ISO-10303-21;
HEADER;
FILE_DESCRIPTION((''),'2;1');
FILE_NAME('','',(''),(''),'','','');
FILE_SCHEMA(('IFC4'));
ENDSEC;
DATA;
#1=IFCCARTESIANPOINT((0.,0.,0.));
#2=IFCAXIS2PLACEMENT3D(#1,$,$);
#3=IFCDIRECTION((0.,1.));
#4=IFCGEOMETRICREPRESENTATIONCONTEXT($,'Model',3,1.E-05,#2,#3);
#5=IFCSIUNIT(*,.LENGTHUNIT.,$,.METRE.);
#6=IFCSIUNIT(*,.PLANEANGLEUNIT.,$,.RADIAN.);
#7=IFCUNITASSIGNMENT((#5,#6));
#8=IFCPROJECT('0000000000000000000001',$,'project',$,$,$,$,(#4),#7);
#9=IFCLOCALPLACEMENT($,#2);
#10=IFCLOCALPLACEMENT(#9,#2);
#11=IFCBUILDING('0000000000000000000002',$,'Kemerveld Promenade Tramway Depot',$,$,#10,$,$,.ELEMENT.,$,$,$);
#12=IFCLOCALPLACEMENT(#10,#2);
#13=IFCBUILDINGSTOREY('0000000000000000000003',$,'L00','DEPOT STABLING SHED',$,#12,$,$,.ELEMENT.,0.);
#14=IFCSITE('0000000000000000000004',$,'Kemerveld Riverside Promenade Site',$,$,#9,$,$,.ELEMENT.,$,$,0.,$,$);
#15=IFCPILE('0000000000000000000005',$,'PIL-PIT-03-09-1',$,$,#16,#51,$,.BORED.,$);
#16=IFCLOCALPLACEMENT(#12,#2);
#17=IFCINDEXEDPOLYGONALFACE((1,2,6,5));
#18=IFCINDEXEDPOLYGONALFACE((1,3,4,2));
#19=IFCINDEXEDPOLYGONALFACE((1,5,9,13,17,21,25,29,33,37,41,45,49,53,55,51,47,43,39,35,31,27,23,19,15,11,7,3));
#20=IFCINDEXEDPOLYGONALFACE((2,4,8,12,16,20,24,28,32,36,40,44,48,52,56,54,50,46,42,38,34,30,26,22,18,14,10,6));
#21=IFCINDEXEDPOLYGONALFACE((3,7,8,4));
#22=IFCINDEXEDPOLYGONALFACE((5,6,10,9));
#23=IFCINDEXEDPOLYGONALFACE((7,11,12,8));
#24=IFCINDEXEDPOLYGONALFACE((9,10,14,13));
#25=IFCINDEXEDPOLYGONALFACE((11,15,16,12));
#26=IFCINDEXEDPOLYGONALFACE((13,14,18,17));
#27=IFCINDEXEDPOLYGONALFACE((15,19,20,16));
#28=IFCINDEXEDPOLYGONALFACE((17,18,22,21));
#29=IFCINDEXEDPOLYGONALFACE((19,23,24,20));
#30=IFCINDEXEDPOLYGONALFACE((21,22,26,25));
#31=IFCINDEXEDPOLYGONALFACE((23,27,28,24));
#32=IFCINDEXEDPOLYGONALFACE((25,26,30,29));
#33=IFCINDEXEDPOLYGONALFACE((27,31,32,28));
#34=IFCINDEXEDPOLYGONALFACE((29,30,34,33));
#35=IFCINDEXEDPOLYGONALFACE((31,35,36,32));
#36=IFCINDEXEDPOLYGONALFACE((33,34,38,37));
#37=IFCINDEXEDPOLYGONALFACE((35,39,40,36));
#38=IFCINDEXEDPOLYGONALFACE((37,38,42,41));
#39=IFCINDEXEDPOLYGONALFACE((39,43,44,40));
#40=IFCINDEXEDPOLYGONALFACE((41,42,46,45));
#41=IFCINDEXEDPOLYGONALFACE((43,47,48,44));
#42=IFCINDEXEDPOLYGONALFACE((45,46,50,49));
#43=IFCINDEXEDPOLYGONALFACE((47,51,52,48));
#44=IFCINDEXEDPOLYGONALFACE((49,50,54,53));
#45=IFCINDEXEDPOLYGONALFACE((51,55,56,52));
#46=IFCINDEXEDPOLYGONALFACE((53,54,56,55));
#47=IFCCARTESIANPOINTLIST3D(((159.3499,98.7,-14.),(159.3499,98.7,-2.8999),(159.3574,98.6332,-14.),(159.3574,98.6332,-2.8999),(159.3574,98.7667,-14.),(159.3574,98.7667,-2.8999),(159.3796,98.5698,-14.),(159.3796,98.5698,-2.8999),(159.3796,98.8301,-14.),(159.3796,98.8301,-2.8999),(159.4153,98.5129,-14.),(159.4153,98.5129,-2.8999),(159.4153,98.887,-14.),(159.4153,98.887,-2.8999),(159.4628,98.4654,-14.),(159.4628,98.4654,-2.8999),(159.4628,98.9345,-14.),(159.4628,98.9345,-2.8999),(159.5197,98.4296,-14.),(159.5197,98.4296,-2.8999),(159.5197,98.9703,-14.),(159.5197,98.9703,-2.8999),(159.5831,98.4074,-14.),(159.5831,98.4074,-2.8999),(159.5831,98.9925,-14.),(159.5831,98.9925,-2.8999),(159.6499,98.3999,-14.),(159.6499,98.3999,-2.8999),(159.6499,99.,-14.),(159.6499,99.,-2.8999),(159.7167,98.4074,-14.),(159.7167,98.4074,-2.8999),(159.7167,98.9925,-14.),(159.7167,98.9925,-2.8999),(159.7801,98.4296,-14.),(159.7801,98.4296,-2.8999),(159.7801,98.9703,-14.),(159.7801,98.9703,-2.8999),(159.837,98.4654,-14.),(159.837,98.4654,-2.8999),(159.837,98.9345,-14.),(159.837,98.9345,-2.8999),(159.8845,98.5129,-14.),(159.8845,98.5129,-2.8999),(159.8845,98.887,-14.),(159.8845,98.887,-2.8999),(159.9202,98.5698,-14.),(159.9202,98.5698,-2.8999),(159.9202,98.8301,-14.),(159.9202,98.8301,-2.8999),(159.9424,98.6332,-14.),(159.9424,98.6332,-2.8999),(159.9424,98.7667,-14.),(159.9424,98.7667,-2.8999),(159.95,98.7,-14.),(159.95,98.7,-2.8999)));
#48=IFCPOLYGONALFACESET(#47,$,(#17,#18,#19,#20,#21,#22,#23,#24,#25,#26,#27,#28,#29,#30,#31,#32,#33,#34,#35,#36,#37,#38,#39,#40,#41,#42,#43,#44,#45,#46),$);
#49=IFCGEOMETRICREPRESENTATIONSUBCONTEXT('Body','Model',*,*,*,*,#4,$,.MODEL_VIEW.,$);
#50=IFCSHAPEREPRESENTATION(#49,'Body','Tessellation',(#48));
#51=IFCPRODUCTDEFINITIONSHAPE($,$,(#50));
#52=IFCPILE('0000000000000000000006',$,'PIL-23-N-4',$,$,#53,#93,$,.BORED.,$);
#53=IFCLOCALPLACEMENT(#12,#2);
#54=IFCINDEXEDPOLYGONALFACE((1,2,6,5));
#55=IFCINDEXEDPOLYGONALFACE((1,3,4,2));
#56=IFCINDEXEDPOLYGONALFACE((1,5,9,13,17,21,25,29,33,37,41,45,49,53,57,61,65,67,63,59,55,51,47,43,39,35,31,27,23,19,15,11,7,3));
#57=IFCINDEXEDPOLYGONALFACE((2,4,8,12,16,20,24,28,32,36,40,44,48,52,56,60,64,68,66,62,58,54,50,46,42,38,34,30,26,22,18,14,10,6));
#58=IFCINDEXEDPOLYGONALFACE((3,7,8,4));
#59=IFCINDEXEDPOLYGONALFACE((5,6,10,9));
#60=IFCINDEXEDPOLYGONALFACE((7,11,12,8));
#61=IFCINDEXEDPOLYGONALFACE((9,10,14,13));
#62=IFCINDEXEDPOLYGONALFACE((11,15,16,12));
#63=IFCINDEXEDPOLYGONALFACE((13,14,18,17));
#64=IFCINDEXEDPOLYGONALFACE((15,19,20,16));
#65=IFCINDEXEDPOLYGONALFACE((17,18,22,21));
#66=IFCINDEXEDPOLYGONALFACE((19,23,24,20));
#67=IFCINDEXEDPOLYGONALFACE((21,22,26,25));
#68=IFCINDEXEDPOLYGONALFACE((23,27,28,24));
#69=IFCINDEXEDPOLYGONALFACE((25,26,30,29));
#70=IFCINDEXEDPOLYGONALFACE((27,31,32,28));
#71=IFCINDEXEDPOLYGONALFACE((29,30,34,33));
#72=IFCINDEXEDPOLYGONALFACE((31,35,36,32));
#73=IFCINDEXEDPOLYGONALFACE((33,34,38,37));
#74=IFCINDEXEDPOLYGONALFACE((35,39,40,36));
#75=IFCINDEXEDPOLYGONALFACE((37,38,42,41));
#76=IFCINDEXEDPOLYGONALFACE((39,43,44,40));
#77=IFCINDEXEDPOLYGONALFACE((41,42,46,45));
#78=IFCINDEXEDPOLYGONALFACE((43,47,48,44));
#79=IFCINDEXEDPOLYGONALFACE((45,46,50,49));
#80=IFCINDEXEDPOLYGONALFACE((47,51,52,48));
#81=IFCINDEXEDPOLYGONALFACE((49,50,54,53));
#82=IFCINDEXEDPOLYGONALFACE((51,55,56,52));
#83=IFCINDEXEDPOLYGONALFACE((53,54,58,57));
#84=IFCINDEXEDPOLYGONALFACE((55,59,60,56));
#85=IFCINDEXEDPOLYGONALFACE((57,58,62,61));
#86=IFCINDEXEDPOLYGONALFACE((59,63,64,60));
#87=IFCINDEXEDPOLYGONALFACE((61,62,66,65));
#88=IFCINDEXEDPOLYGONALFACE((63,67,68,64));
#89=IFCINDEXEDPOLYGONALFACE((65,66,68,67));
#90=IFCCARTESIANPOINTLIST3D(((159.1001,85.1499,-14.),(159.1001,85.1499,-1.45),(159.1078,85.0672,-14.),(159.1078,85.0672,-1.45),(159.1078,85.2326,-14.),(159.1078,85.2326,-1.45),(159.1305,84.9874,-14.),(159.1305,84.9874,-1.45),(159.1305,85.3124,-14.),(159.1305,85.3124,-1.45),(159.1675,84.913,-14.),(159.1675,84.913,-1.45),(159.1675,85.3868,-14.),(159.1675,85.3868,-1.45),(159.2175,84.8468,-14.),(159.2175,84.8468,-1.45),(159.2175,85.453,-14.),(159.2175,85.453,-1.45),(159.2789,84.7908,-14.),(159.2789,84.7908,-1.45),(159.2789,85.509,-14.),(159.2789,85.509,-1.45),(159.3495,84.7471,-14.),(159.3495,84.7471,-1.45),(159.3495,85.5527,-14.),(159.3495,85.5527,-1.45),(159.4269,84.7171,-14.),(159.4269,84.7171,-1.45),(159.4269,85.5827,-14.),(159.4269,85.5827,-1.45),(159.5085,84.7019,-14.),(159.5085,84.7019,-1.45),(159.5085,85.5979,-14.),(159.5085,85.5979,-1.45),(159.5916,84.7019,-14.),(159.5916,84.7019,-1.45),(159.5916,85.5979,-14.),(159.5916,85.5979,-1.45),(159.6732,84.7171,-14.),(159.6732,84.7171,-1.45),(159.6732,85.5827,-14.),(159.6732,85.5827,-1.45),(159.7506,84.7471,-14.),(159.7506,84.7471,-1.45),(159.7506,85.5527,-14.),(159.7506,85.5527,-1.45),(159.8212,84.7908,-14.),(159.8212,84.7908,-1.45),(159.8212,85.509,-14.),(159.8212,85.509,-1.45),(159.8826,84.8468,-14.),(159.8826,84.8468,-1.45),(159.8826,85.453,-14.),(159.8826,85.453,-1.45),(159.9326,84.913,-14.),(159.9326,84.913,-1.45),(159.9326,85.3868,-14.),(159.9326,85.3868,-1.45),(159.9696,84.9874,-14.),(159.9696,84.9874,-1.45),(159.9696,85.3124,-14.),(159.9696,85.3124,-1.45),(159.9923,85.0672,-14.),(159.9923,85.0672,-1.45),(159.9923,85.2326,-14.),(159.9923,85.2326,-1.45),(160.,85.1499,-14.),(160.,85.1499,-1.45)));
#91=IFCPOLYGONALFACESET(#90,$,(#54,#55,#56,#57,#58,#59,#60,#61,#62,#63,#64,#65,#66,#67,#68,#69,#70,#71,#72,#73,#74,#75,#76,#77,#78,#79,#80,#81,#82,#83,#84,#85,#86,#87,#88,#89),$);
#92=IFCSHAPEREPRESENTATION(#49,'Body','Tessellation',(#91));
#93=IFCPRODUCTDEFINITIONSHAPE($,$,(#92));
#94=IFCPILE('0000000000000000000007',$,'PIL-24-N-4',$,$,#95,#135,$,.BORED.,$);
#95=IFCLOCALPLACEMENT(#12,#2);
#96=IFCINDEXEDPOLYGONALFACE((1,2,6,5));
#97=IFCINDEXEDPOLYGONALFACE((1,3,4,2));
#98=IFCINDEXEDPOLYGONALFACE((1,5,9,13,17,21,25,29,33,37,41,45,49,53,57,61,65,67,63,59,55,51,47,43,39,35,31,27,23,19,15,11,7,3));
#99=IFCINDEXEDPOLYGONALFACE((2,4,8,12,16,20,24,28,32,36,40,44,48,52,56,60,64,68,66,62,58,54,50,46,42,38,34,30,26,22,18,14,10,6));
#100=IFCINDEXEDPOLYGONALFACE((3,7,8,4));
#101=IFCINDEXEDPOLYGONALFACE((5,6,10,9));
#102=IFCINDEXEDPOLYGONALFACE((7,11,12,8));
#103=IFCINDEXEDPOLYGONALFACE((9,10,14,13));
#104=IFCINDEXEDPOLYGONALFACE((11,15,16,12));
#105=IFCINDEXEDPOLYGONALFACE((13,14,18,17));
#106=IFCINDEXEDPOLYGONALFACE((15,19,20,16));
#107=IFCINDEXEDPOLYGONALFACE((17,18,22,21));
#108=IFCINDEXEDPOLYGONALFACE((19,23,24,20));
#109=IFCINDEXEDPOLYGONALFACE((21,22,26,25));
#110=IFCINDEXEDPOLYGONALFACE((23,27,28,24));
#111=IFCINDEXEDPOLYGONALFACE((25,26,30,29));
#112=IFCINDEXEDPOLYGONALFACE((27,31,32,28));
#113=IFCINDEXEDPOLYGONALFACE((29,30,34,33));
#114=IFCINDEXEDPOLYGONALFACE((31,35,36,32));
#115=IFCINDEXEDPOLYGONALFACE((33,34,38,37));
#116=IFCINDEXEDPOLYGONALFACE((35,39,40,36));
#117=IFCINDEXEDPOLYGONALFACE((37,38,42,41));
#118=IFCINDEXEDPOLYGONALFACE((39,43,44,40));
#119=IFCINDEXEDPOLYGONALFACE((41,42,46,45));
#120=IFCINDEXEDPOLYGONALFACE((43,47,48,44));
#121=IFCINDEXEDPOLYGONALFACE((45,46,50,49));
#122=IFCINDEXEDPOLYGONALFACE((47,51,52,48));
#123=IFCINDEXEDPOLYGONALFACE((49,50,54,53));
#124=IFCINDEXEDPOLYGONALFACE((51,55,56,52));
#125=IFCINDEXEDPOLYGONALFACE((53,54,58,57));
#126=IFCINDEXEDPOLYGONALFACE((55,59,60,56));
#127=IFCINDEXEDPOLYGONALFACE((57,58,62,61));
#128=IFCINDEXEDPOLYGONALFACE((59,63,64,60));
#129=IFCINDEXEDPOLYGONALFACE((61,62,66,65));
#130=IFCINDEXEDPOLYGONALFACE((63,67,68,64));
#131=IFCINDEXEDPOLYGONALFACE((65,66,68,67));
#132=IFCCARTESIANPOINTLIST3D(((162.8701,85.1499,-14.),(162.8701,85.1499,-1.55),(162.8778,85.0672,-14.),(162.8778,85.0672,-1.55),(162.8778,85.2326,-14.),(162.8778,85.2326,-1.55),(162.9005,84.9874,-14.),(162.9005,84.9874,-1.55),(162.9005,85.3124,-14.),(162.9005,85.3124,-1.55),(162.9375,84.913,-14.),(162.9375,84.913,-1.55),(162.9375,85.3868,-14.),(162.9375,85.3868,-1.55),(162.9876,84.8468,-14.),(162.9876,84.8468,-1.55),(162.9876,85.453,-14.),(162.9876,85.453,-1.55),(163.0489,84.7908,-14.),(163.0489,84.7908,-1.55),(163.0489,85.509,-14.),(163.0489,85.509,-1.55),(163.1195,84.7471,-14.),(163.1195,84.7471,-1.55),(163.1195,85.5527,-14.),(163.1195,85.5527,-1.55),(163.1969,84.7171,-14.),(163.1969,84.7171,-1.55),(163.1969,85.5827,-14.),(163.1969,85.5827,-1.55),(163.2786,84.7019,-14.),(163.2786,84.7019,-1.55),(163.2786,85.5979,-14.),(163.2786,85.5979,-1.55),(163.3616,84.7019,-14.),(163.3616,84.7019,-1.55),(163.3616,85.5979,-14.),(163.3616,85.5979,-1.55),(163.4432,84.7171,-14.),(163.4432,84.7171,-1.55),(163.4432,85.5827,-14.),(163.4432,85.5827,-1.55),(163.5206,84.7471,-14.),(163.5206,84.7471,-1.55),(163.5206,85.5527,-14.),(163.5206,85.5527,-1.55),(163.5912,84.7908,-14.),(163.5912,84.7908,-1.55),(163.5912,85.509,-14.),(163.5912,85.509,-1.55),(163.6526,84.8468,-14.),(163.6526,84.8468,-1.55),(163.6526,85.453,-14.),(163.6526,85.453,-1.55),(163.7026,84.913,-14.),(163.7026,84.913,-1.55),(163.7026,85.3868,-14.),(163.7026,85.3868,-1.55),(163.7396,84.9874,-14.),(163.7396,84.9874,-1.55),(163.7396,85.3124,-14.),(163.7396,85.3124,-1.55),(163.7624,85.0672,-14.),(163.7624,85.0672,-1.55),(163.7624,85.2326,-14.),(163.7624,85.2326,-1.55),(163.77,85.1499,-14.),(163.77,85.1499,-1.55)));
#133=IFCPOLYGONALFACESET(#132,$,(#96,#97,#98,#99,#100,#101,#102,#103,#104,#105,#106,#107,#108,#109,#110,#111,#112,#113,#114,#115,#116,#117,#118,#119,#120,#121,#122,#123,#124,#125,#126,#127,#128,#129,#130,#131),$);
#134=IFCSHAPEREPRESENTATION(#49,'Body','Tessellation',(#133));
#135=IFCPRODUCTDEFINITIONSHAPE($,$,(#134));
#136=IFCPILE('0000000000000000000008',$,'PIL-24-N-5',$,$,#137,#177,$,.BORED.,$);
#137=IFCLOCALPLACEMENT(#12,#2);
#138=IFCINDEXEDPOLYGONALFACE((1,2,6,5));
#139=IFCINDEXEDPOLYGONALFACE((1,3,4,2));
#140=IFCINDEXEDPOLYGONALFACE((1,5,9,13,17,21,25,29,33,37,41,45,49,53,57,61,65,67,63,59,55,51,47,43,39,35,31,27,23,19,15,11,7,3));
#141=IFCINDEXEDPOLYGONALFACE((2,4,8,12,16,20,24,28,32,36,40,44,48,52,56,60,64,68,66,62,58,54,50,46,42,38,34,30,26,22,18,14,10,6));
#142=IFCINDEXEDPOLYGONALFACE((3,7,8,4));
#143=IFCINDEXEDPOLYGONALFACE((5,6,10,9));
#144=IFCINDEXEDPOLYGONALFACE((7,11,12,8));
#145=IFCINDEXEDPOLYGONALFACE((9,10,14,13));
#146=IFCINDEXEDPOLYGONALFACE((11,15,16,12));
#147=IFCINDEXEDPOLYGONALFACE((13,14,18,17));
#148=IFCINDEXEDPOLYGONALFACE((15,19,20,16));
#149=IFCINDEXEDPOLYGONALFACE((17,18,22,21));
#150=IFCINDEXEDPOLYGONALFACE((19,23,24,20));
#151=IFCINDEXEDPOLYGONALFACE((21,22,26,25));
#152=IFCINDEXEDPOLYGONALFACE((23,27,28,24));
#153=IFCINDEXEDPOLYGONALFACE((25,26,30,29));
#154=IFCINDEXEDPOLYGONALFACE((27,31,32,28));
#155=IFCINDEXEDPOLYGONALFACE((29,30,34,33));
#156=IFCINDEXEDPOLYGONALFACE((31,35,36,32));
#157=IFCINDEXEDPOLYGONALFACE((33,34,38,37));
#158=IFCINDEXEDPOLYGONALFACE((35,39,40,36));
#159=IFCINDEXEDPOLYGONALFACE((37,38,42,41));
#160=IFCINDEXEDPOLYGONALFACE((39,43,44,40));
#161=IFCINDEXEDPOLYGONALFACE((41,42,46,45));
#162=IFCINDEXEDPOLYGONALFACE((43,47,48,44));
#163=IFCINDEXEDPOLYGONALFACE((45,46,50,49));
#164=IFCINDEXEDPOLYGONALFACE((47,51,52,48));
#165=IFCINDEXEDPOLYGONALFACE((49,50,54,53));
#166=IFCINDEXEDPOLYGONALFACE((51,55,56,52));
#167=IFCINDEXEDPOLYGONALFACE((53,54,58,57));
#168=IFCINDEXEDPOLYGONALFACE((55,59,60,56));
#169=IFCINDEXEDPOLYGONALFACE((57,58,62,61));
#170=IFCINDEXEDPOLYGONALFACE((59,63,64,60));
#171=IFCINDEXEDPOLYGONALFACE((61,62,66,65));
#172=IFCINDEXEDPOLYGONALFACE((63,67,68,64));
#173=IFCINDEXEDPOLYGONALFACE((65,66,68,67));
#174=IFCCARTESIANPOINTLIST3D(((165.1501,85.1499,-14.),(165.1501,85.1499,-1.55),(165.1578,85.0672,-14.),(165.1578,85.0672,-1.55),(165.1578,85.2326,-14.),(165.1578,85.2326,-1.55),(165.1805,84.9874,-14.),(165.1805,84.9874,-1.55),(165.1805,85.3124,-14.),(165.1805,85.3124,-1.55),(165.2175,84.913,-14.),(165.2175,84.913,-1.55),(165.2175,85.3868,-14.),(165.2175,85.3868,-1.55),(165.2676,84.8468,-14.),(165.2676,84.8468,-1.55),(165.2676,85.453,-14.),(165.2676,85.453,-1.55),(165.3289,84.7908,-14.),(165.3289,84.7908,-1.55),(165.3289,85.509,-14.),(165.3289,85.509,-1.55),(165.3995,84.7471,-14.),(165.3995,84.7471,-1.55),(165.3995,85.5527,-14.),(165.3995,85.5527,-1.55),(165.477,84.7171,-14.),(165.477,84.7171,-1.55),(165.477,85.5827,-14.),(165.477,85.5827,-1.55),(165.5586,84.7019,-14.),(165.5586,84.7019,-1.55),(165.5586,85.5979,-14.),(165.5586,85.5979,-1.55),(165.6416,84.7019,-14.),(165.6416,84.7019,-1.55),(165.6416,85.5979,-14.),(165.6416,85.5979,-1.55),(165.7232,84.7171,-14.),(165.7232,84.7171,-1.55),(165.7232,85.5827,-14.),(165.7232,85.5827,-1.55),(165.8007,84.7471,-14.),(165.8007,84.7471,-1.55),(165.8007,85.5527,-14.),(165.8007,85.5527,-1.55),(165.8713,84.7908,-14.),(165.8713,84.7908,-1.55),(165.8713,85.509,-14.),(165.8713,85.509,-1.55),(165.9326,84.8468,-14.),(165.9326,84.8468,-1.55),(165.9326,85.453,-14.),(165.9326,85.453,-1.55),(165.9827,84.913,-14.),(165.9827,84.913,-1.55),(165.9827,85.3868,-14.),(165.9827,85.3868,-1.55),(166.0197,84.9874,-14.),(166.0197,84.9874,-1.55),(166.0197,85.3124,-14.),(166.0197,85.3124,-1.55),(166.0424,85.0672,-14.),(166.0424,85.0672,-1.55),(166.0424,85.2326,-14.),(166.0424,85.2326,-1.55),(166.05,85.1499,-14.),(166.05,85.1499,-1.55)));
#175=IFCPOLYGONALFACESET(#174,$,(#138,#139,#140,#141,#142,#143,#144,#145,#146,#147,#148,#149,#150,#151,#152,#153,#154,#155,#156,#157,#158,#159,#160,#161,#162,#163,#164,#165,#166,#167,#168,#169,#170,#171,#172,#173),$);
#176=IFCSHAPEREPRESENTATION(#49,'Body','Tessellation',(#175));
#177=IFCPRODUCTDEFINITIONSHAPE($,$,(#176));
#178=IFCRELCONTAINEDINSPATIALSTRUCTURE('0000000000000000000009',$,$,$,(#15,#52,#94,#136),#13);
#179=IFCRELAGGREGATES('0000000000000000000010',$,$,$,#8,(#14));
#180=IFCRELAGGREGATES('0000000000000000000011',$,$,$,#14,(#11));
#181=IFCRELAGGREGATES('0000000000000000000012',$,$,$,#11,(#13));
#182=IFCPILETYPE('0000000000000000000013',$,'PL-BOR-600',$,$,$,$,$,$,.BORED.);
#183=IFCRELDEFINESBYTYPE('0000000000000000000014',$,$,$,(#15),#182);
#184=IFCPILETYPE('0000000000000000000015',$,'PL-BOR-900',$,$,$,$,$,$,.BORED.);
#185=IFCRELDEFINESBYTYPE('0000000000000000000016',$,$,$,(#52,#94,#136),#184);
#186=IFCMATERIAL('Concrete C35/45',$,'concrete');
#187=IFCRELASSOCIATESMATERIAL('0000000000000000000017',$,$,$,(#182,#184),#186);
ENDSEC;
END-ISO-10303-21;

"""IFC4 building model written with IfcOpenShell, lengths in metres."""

from ifc_helpers import new_model, si_unit, direction, frame, origin, origin_2d, place, context, subcontext, project, spatial, circle, extrude, material, material_profile, profile_set, type_object, element, save


model = new_model("IFC4")

# Units and contexts
model_context = context("Model", 3, precision=1e-05, world=origin(), true_north=direction((0.0, 1.0)))
body_context = subcontext(model_context, "Body", "Model", "MODEL_VIEW")
ifc_project = project(units=[si_unit("LENGTHUNIT", "METRE"), si_unit("PLANEANGLEUNIT", "RADIAN")], contexts=[model_context])

# Site, building, storey
site_placement = place(None, origin())
site = spatial("IfcSite", under=ifc_project, at=site_placement, Name="Kemerveld Riverside Promenade Site", CompositionType="ELEMENT", RefElevation=0.0)
building_placement = place(site_placement, origin())
building = spatial("IfcBuilding", under=site, at=building_placement, Name="Kemerveld Promenade Tramway Depot", CompositionType="ELEMENT")
storey_placement = place(building_placement, origin())
storey = spatial("IfcBuildingStorey", under=building, at=storey_placement, Name="L00", Description="DEPOT STABLING SHED", CompositionType="ELEMENT", Elevation=0.0)

# Shared definitions
ifc_material_1 = material(Name="Concrete C35/45", Category="concrete")

# Piles
ifc_material_profile_1 = material_profile(ifc_material_1, circle(Radius=0.3, at=origin_2d()), Name="PILE-D600")
ifc_profile_set_1 = profile_set([ifc_material_profile_1], Name="Concrete C35/45")
pile_type_1 = type_object("IfcPileType", Name="PL-BOR-600", PredefinedType="BORED", material=ifc_profile_set_1)
for number, where, z_axis, x_axis, name in (
    (1, (159.6499, 98.7, -2.8999), (0.0, 0.0, -1.0), (1.0, 0.0, 0.0), "PIL-PIT-03-09-1"),
):
    element("IfcPile", number, at=place(storey_placement, frame(where, z_axis=z_axis, x_axis=x_axis)), inside=storey, type_object=pile_type_1, Name=name, PredefinedType="BORED", context=body_context, shape_type="SweptSolid", body=[
        extrude(circle(Radius=0.3, at=origin_2d()), origin(), (0.0, 0.0, 1.0), 11.1001),
    ])
ifc_material_profile_2 = material_profile(ifc_material_1, circle(Radius=0.45, at=origin_2d()), Name="PILE-D900")
ifc_profile_set_2 = profile_set([ifc_material_profile_2], Name="Concrete C35/45")
pile_type_2 = type_object("IfcPileType", Name="PL-BOR-900", PredefinedType="BORED", material=ifc_profile_set_2)
pile_placement = place(storey_placement, frame((159.55, 85.1499, -1.45), z_axis=(0.0, 0.0, -1.0), x_axis=(1.0, 0.0, 0.0)))
element("IfcPile", 2, at=pile_placement, inside=storey, type_object=pile_type_2, Name="PIL-23-N-4", PredefinedType="BORED", context=body_context, shape_type="SweptSolid", body=[
    extrude(circle(Radius=0.45, at=origin_2d()), origin(), (0.0, 0.0, 1.0), 12.55),
])
for number, where, z_axis, x_axis, name in (
    (3, (163.3201, 85.1499, -1.55), (0.0, 0.0, -1.0), (1.0, 0.0, 0.0), "PIL-24-N-4"),
    (4, (165.6001, 85.1499, -1.55), (0.0, 0.0, -1.0), (1.0, 0.0, 0.0), "PIL-24-N-5"),
):
    element("IfcPile", number, at=place(storey_placement, frame(where, z_axis=z_axis, x_axis=x_axis)), inside=storey, type_object=pile_type_2, Name=name, PredefinedType="BORED", context=body_context, shape_type="SweptSolid", body=[
        extrude(circle(Radius=0.45, at=origin_2d()), origin(), (0.0, 0.0, 1.0), 12.45),
    ])

save(model, "model.ifc")
